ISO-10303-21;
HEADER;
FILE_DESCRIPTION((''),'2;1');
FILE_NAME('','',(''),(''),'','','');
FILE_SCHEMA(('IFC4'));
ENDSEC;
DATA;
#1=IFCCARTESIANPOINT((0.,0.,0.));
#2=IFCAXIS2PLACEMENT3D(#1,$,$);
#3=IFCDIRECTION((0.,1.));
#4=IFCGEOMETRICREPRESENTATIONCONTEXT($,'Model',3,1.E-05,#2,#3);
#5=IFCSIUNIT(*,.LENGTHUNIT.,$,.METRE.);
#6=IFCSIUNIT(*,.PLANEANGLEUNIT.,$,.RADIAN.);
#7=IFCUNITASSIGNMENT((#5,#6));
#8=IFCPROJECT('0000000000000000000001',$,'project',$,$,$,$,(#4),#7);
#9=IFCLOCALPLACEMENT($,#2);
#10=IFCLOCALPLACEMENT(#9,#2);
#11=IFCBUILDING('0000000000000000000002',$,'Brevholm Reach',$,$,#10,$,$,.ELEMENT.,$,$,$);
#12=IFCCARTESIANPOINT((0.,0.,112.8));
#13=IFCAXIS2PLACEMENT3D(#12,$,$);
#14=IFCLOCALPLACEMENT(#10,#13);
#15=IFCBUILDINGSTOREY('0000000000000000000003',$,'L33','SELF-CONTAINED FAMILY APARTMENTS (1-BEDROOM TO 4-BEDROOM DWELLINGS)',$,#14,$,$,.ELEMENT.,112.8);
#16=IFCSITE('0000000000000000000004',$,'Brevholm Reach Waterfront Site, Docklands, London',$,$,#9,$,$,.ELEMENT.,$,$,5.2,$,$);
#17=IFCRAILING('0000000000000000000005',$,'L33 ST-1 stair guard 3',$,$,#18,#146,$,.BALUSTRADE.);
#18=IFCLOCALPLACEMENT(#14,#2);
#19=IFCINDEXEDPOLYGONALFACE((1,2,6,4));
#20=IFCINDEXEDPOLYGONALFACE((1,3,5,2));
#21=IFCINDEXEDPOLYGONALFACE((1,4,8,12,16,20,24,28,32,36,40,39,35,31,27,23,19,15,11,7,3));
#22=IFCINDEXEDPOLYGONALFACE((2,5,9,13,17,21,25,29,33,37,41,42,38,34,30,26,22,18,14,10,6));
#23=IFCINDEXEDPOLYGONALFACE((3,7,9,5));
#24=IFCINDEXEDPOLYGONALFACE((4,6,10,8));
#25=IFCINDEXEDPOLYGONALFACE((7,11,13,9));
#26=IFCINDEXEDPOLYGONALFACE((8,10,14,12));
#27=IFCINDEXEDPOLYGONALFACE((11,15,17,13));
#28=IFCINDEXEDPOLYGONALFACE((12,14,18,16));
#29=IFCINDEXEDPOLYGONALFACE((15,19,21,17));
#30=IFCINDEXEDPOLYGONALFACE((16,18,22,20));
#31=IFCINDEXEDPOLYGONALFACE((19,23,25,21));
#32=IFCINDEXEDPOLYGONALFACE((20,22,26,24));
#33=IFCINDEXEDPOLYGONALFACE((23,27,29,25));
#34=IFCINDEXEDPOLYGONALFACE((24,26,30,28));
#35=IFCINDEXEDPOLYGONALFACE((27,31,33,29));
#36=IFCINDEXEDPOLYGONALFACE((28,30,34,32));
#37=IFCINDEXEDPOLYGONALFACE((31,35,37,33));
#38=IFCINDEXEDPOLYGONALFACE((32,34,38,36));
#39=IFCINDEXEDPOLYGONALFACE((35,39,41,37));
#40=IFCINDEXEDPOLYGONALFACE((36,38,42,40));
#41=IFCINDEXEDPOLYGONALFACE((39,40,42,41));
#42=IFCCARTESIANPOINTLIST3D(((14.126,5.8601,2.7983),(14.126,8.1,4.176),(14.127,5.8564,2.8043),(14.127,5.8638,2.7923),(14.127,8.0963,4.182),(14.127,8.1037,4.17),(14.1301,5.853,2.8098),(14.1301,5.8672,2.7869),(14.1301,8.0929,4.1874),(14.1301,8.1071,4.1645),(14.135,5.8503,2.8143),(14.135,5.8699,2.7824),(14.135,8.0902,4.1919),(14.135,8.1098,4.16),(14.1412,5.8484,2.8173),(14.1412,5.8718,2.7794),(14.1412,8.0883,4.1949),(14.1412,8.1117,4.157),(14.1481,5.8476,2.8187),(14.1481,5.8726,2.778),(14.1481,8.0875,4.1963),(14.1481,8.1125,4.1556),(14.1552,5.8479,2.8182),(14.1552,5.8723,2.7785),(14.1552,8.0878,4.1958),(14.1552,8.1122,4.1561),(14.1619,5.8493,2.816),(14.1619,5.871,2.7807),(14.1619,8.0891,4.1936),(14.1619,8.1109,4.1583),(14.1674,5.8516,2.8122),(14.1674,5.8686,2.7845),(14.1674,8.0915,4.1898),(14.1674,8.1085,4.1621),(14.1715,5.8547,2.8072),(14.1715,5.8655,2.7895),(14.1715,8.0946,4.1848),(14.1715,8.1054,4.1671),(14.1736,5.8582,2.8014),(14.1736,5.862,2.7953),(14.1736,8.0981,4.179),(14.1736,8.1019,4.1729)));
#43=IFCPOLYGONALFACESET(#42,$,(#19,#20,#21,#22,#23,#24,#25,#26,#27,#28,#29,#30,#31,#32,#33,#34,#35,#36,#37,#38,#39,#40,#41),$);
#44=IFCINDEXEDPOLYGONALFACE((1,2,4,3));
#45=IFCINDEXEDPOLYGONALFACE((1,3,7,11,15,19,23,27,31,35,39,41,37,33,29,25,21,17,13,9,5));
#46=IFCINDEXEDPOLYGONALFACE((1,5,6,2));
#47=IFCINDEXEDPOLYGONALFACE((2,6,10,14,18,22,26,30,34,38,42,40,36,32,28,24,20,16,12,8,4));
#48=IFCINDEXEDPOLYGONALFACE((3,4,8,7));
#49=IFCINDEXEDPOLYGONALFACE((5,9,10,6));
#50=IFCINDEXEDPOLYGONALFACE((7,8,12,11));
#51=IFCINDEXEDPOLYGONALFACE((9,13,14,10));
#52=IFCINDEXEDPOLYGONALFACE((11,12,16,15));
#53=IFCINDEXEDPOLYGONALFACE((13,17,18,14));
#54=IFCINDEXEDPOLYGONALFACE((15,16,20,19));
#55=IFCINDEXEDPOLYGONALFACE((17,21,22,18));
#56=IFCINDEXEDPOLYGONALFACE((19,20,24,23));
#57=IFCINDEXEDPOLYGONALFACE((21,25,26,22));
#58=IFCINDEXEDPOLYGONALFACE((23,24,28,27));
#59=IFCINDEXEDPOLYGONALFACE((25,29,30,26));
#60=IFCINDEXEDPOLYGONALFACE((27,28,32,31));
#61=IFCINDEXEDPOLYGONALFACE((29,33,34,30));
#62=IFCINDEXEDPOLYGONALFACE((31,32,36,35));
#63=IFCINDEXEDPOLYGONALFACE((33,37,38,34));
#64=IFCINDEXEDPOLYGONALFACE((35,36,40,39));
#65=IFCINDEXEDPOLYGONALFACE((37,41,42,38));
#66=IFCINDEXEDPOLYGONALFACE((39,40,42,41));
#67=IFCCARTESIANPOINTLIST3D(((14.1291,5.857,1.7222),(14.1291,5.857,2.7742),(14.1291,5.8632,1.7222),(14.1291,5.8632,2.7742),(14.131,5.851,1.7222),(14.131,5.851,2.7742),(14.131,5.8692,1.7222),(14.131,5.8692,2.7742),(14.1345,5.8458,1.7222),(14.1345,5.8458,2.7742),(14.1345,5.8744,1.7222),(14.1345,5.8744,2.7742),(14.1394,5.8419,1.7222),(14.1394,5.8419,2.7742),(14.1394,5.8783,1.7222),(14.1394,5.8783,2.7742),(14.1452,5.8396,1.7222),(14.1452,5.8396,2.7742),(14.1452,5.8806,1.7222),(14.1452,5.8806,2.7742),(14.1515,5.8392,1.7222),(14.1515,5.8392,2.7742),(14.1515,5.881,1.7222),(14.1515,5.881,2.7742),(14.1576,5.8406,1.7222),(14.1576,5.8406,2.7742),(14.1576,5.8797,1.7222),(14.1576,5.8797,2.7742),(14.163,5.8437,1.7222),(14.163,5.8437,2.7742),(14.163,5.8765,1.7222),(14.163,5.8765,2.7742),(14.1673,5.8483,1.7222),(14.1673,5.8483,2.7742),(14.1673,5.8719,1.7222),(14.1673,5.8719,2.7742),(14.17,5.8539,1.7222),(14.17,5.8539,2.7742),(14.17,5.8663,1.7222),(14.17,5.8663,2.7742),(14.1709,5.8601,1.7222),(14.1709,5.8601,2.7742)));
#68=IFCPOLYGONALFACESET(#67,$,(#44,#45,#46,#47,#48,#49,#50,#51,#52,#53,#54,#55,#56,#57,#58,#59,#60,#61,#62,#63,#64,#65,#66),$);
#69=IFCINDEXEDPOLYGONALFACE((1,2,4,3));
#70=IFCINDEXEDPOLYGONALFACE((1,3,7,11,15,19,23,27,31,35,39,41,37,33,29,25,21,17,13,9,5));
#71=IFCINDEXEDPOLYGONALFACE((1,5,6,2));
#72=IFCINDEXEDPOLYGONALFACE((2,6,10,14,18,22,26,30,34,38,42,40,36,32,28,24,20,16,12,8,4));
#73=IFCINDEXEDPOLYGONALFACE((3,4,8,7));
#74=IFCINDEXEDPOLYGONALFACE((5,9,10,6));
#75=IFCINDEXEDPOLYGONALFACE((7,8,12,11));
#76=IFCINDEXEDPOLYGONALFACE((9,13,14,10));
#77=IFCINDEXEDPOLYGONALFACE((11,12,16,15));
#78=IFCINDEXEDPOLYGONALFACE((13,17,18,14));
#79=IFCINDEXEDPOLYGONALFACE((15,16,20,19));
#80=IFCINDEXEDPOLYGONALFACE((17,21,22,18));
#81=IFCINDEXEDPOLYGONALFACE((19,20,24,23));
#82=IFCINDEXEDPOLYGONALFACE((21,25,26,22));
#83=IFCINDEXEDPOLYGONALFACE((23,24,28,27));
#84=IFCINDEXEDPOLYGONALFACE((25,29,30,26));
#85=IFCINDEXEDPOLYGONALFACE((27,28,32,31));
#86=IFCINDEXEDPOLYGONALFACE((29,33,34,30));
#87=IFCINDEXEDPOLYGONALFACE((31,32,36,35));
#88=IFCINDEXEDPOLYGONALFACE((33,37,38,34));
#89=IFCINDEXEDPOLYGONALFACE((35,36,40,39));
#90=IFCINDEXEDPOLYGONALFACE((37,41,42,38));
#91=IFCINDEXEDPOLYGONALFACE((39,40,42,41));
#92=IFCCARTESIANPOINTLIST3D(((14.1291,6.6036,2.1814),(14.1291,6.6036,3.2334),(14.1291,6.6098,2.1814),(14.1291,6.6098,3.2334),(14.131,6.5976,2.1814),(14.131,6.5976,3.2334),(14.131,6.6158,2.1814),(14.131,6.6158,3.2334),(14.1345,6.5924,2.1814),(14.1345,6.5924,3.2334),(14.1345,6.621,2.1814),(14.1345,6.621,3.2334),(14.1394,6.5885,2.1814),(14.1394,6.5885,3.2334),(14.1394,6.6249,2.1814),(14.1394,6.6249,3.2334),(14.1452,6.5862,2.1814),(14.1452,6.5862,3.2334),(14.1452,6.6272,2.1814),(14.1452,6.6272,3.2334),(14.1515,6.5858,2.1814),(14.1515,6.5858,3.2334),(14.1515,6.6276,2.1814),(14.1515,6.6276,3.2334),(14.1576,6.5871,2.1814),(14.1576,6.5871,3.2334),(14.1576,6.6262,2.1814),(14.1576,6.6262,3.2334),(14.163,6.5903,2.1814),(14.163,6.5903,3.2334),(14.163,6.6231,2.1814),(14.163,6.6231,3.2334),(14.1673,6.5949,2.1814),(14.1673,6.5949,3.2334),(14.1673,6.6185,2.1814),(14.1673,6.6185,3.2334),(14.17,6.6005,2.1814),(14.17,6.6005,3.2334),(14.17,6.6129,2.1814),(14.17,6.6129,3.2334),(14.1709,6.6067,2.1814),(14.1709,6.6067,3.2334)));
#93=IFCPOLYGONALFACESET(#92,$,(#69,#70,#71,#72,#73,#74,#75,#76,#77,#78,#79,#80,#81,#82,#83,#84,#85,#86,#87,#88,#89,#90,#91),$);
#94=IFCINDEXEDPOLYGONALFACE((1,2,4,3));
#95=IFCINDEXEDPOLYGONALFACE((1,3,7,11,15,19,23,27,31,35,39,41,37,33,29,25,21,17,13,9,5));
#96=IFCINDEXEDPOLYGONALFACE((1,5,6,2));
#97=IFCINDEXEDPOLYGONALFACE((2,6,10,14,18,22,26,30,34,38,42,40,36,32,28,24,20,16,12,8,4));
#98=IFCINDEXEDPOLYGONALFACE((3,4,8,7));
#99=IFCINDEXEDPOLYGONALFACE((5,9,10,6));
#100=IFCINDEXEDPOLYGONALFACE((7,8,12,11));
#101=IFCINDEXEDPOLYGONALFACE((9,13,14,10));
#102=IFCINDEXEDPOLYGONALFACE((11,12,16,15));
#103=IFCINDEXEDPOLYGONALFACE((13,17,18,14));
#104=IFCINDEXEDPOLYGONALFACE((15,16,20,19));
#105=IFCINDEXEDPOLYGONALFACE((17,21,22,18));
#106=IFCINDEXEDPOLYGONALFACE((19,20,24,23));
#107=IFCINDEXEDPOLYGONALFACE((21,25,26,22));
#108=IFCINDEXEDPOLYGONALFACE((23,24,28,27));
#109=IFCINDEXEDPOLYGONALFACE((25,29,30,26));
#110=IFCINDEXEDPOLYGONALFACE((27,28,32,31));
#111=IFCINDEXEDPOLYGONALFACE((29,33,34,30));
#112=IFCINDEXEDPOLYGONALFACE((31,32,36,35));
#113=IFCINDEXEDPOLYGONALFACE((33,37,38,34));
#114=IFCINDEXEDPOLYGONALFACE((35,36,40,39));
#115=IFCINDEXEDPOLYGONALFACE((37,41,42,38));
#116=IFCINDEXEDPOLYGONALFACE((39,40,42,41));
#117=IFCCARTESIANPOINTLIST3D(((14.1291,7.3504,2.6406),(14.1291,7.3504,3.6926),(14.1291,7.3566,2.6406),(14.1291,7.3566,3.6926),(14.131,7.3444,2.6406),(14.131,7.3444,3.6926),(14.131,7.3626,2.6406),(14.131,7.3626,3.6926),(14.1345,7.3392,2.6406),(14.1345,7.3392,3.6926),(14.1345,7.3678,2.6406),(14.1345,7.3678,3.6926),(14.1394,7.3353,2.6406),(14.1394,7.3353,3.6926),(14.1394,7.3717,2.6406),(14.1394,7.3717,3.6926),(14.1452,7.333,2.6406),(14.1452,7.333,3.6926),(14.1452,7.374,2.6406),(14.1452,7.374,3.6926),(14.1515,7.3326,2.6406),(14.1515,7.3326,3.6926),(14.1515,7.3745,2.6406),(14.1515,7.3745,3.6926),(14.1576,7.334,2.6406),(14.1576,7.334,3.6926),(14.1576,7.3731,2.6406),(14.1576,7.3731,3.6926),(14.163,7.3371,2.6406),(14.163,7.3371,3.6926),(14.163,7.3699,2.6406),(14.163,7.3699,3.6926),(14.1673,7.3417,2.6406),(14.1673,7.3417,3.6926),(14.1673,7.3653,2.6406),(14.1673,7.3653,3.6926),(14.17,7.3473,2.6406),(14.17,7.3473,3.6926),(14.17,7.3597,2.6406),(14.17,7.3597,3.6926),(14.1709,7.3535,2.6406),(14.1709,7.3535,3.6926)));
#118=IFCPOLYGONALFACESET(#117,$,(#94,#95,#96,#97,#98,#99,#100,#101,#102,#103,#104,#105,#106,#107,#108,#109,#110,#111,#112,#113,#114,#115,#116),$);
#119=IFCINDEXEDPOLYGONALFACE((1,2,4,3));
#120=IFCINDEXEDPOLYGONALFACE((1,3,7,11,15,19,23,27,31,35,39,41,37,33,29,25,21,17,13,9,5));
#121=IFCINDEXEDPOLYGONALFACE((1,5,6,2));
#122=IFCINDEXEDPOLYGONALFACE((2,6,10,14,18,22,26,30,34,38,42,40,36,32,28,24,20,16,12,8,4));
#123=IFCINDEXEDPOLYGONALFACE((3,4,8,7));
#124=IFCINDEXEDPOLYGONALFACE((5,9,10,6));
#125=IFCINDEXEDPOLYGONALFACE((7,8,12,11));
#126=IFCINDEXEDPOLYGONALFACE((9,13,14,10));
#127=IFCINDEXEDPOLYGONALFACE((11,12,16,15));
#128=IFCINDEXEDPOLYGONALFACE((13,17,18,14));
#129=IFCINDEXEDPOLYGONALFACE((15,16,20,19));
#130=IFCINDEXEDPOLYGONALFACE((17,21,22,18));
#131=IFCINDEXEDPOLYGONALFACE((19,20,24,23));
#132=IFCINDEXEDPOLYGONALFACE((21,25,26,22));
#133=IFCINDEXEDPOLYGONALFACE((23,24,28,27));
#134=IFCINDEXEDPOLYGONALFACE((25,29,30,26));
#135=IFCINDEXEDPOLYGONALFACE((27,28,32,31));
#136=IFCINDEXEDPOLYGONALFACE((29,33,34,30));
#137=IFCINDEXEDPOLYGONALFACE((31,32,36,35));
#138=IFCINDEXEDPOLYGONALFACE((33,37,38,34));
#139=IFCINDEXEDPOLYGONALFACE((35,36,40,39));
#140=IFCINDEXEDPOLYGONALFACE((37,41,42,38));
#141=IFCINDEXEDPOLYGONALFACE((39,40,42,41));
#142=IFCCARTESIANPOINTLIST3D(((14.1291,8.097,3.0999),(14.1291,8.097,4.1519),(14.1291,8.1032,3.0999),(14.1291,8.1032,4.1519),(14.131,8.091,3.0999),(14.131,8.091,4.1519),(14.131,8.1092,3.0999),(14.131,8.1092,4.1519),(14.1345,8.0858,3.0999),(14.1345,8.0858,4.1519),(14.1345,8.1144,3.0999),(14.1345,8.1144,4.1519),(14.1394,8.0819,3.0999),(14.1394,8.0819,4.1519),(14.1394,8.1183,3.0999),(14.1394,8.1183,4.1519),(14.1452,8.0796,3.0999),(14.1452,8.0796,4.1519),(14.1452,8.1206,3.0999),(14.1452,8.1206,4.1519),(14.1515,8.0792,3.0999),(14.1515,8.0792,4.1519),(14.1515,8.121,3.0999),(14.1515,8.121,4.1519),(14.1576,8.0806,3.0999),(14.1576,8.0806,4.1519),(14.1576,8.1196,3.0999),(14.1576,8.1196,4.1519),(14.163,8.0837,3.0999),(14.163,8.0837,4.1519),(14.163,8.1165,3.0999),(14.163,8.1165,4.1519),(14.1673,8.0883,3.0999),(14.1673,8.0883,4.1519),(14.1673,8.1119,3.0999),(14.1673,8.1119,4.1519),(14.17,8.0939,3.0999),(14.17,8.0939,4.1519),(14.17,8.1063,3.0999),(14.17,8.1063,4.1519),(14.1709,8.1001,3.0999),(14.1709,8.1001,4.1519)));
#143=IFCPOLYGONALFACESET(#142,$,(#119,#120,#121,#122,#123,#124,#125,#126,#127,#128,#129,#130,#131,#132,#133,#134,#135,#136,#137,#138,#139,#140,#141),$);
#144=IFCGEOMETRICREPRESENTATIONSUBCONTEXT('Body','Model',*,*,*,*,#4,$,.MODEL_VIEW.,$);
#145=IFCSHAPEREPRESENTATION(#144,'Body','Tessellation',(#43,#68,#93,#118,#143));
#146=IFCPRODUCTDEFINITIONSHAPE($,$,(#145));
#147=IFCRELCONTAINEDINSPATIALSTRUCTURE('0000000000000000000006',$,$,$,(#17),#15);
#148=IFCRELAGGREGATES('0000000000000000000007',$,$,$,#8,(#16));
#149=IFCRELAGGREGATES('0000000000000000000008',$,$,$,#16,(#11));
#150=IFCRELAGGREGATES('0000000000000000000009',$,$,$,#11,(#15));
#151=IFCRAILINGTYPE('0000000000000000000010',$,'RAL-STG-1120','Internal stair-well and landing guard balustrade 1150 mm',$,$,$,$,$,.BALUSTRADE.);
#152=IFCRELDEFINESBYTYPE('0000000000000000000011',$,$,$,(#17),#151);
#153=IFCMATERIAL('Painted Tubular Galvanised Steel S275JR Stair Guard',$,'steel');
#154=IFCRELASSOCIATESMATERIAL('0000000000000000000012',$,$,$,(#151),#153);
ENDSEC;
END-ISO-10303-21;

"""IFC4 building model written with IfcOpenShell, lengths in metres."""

from ifc_helpers import new_model, si_unit, direction, frame, origin, origin_2d, place, context, subcontext, project, spatial, circle, extrude, material, type_object, element, save


model = new_model("IFC4")

# Units and contexts
model_context = context("Model", 3, precision=1e-05, world=origin(), true_north=direction((0.0, 1.0)))
body_context = subcontext(model_context, "Body", "Model", "MODEL_VIEW")
ifc_project = project(units=[si_unit("LENGTHUNIT", "METRE"), si_unit("PLANEANGLEUNIT", "RADIAN")], contexts=[model_context])

# Site, building, storey
site_placement = place(None, origin())
site = spatial("IfcSite", under=ifc_project, at=site_placement, Name="Brevholm Reach Waterfront Site, Docklands, London", CompositionType="ELEMENT", RefElevation=5.2)
building_placement = place(site_placement, origin())
building = spatial("IfcBuilding", under=site, at=building_placement, Name="Brevholm Reach", CompositionType="ELEMENT")
storey_placement = place(building_placement, frame((0.0, 0.0, 112.8)))
storey = spatial("IfcBuildingStorey", under=building, at=storey_placement, Name="L33", Description="SELF-CONTAINED FAMILY APARTMENTS (1-BEDROOM TO 4-BEDROOM DWELLINGS)", CompositionType="ELEMENT", Elevation=112.8)

# Railing
ifc_material_1 = material(Name="Painted Tubular Galvanised Steel S275JR Stair Guard", Category="steel")
railing_type_1 = type_object("IfcRailingType", Name="RAL-STG-1120", Description="Internal stair-well and landing guard balustrade 1150 mm", PredefinedType="BALUSTRADE", material=ifc_material_1)
railing_1_placement = place(storey_placement, frame((14.1499, 5.8601, 1.7222)))
element("IfcRailing", 1, at=railing_1_placement, inside=storey, type_object=railing_type_1, Name="L33 ST-1 stair guard 3", PredefinedType="BALUSTRADE", context=body_context, shape_type="SweptSolid", body=[
    extrude(circle(Radius=0.0239, at=origin_2d()), frame((0.0, 0.0, 1.0762), z_axis=(0.0, 0.851789, 0.523885), x_axis=(-1.0, 0.0, 0.0)), (0.0, 0.0, 1.0), 2.6296),
    extrude(circle(Radius=0.021, at=origin_2d()), origin(), (0.0, 0.0, 1.0), 1.052),
    extrude(circle(Radius=0.021, at=origin_2d()), frame((0.0, 0.7466, 0.4592)), (0.0, 0.0, 1.0), 1.052),
    extrude(circle(Radius=0.021, at=origin_2d()), frame((0.0, 1.4934, 0.9185)), (0.0, 0.0, 1.0), 1.052),
    extrude(circle(Radius=0.021, at=origin_2d()), frame((0.0, 2.24, 1.3777)), (0.0, 0.0, 1.0), 1.052),
])

save(model, "model.ifc")
